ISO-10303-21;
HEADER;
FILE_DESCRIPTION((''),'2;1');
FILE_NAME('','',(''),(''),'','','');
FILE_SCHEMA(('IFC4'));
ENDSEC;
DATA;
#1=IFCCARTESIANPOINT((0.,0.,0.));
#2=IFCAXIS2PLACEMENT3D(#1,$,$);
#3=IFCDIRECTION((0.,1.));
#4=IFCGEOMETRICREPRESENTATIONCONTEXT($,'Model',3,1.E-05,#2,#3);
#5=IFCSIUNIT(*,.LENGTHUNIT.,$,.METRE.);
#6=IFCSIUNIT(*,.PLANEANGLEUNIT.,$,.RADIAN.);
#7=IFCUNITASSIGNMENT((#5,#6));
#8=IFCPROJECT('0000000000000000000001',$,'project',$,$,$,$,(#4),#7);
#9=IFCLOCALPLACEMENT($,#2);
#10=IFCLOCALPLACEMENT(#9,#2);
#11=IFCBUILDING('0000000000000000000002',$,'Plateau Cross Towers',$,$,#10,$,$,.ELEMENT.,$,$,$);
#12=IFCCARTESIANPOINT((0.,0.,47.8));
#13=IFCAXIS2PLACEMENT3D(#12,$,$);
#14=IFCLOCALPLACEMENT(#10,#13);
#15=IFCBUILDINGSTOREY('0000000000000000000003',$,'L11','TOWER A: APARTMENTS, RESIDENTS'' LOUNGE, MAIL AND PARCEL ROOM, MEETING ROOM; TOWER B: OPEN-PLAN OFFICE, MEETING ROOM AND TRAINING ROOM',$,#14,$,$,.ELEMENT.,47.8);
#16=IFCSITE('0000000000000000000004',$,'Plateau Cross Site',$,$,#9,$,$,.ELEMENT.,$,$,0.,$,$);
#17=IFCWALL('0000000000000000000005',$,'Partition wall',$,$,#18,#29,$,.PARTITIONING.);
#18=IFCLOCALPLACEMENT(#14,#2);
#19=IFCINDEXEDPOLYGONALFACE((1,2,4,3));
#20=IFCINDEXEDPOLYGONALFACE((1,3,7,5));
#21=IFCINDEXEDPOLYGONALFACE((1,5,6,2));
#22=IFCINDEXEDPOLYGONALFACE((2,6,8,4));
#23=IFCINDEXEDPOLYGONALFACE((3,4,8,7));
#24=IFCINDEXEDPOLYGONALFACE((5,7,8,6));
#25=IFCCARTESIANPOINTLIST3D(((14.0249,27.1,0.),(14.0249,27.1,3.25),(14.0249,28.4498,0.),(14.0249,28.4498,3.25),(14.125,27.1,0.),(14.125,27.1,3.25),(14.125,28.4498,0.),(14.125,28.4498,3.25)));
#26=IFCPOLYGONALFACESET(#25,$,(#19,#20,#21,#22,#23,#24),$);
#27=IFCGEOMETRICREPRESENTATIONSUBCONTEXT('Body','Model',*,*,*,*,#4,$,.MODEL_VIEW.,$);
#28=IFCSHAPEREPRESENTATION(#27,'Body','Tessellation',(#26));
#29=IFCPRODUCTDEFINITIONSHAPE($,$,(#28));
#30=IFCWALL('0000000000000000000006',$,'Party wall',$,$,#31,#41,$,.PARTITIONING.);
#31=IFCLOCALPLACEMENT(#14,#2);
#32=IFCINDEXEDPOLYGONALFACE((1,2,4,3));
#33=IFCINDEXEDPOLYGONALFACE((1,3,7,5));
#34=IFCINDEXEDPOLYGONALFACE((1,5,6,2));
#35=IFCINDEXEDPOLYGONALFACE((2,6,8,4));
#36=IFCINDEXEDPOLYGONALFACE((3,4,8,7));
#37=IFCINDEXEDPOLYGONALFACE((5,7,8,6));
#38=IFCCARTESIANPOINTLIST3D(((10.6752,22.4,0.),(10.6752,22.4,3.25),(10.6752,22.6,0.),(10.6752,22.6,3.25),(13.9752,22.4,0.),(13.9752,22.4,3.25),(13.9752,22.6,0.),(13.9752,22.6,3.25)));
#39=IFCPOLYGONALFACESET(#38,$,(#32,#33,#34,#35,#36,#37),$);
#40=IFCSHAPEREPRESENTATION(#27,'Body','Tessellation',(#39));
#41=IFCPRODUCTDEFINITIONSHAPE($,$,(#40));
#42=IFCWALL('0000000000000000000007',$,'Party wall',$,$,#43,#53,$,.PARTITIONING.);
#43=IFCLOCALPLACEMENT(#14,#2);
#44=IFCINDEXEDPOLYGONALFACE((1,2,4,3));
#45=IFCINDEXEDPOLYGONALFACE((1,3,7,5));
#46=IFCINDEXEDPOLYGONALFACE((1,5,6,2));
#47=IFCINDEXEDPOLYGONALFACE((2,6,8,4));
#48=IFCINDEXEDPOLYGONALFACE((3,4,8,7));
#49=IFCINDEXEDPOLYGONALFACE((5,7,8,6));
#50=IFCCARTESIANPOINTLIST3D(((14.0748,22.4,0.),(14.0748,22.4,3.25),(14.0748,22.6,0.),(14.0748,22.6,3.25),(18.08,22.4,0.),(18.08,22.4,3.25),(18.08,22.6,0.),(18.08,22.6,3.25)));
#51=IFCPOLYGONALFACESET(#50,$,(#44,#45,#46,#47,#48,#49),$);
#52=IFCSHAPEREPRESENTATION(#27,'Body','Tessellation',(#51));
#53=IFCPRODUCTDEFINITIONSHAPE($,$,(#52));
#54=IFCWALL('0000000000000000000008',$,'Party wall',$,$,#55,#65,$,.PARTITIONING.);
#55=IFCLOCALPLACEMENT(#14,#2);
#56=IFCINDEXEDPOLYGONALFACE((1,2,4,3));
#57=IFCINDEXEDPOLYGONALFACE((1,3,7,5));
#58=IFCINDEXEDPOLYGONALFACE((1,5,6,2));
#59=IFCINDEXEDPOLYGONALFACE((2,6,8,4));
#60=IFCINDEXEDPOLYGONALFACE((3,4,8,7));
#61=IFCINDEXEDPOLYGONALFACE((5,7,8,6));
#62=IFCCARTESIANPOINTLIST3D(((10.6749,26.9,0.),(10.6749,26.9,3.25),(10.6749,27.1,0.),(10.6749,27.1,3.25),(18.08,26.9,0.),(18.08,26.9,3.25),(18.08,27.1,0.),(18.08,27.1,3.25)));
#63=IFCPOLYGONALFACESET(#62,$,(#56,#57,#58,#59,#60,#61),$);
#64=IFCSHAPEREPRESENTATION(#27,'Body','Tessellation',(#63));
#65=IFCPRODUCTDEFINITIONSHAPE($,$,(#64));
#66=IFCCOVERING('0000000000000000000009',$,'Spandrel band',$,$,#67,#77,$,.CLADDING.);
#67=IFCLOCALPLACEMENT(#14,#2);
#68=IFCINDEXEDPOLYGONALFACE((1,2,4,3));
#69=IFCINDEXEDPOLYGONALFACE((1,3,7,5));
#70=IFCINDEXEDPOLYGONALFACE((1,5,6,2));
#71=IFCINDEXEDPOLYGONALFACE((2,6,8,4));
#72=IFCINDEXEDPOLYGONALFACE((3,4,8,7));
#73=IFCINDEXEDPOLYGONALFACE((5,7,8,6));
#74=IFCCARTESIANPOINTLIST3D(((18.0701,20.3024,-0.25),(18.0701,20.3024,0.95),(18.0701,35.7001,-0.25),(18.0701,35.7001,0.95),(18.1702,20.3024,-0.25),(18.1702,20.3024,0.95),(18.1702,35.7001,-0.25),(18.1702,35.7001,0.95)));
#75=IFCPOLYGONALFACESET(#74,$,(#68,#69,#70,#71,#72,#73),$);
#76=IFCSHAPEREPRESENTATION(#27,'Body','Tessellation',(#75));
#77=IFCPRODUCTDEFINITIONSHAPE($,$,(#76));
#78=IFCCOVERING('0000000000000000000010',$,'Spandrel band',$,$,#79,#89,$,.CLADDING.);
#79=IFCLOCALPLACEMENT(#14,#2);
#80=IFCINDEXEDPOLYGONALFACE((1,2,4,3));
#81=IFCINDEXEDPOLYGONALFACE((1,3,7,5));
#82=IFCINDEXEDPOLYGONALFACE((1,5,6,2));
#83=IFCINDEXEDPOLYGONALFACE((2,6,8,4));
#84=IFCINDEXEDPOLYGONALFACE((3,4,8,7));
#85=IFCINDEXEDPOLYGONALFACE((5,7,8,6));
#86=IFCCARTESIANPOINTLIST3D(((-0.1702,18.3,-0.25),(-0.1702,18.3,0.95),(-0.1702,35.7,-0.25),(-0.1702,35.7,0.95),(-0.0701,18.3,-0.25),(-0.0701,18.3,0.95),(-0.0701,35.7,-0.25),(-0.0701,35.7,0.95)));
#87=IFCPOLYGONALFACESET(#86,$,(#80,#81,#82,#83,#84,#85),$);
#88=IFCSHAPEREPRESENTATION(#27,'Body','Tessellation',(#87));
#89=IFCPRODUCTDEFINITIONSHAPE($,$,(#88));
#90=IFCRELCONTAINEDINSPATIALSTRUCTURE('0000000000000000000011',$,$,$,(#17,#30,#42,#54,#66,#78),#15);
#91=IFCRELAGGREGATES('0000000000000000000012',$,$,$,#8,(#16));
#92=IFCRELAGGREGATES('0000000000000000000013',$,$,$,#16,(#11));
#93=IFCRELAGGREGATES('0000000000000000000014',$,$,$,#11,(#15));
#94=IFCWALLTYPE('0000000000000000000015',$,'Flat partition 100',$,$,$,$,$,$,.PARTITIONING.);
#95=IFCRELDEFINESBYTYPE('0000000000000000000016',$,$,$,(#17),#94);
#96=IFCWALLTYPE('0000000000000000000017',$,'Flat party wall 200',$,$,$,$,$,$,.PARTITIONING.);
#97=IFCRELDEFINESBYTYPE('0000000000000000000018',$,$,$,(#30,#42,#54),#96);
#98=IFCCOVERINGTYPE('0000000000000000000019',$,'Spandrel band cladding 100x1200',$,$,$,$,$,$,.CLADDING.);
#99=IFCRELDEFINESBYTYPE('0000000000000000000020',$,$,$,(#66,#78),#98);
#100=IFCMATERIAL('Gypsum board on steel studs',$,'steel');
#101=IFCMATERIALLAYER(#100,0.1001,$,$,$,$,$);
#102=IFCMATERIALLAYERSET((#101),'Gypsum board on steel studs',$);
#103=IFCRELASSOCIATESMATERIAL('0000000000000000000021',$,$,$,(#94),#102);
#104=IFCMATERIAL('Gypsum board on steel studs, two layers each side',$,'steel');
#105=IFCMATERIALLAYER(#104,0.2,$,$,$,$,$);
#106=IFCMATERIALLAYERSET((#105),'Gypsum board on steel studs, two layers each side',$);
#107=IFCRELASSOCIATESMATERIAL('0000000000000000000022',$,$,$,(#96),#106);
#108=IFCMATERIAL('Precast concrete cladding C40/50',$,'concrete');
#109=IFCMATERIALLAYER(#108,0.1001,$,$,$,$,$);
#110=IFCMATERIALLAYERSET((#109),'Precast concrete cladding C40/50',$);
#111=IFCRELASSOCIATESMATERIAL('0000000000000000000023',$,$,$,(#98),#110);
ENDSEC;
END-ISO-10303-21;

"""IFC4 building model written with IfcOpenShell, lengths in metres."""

from ifc_helpers import new_model, si_unit, direction, frame, frame_2d, origin, origin_2d, place, context, subcontext, project, spatial, rectangle, extrude, material, layer, layer_set, type_object, element, save


model = new_model("IFC4")

# Units and contexts
model_context = context("Model", 3, precision=1e-05, world=origin(), true_north=direction((0.0, 1.0)))
body_context = subcontext(model_context, "Body", "Model", "MODEL_VIEW")
ifc_project = project(units=[si_unit("LENGTHUNIT", "METRE"), si_unit("PLANEANGLEUNIT", "RADIAN")], contexts=[model_context])

# Site, building, storey
site_placement = place(None, origin())
site = spatial("IfcSite", under=ifc_project, at=site_placement, Name="Plateau Cross Site", CompositionType="ELEMENT", RefElevation=0.0)
building_placement = place(site_placement, origin())
building = spatial("IfcBuilding", under=site, at=building_placement, Name="Plateau Cross Towers", CompositionType="ELEMENT")
storey_placement = place(building_placement, frame((0.0, 0.0, 47.8)))
storey = spatial("IfcBuildingStorey", under=building, at=storey_placement, Name="L11", Description="TOWER A: APARTMENTS, RESIDENTS' LOUNGE, MAIL AND PARCEL ROOM, MEETING ROOM; TOWER B: OPEN-PLAN OFFICE, MEETING ROOM AND TRAINING ROOM", CompositionType="ELEMENT", Elevation=47.8)

# Shared definitions
ifc_material_1 = material(Name="Gypsum board on steel studs", Category="steel")
ifc_layer_1 = layer(ifc_material_1, 0.1001)
ifc_layer_set_1 = layer_set([ifc_layer_1], Name="Gypsum board on steel studs")
wall_type_1 = type_object("IfcWallType", Name="Flat partition 100", PredefinedType="PARTITIONING", material=ifc_layer_set_1)

# Walls
for number, where, z_axis, x_axis, name in (
    (1, (14.075, 27.1001, 0.0), (0.0, 0.0, 1.0), (0.0, 1.0, 0.0), "Partition wall"),
):
    element("IfcWall", number, at=place(storey_placement, frame(where, z_axis=z_axis, x_axis=x_axis)), inside=storey, type_object=wall_type_1, Name=name, PredefinedType="PARTITIONING", context=body_context, shape_type="SweptSolid", body=[
        extrude(rectangle(XDim=1.3499, YDim=0.1001, at=frame_2d((0.6748, 0.0))), origin(), (0.0, 0.0, 1.0), 3.25),
    ])
ifc_material_2 = material(Name="Gypsum board on steel studs, two layers each side", Category="steel")
ifc_layer_2 = layer(ifc_material_2, 0.2)
ifc_layer_set_2 = layer_set([ifc_layer_2], Name="Gypsum board on steel studs, two layers each side")
wall_type_2 = type_object("IfcWallType", Name="Flat party wall 200", PredefinedType="PARTITIONING", material=ifc_layer_set_2)
wall_1_placement = place(storey_placement, frame((13.9751, 22.5, 0.0), z_axis=(0.0, 0.0, 1.0), x_axis=(-1.0, 0.0, 0.0)))
element("IfcWall", 2, at=wall_1_placement, inside=storey, type_object=wall_type_2, Name="Party wall", PredefinedType="PARTITIONING", context=body_context, shape_type="SweptSolid", body=[
    extrude(rectangle(XDim=3.3, YDim=0.2, at=frame_2d((1.6499, 0.0))), origin(), (0.0, 0.0, 1.0), 3.25),
])
wall_2_placement = place(storey_placement, frame((14.075, 22.5, 0.0), z_axis=(0.0, 0.0, 1.0), x_axis=(1.0, 0.0, 0.0)))
element("IfcWall", 3, at=wall_2_placement, inside=storey, type_object=wall_type_2, Name="Party wall", PredefinedType="PARTITIONING", context=body_context, shape_type="SweptSolid", body=[
    extrude(rectangle(XDim=4.0051, YDim=0.2, at=frame_2d((2.0024, 0.0))), origin(), (0.0, 0.0, 1.0), 3.25),
])
wall_3_placement = place(storey_placement, frame((18.0801, 27.0, 0.0), z_axis=(0.0, 0.0, 1.0), x_axis=(-1.0, 0.0, 0.0)))
element("IfcWall", 4, at=wall_3_placement, inside=storey, type_object=wall_type_2, Name="Party wall", PredefinedType="PARTITIONING", context=body_context, shape_type="SweptSolid", body=[
    extrude(rectangle(XDim=7.405, YDim=0.2, at=frame_2d((3.7026, 0.0))), origin(), (0.0, 0.0, 1.0), 3.25),
])

# Coverings
ifc_material_3 = material(Name="Precast concrete cladding C40/50", Category="concrete")
ifc_layer_3 = layer(ifc_material_3, 0.1001)
ifc_layer_set_3 = layer_set([ifc_layer_3], Name="Precast concrete cladding C40/50")
covering_type = type_object("IfcCoveringType", Name="Spandrel band cladding 100x1200", PredefinedType="CLADDING", material=ifc_layer_set_3)
covering_1_placement = place(storey_placement, frame((18.1201, 28.0012, -0.25), z_axis=(0.0, 0.0, 1.0), x_axis=(0.0, 1.0, 0.0)))
element("IfcCovering", 5, at=covering_1_placement, inside=storey, type_object=covering_type, Name="Spandrel band", PredefinedType="CLADDING", context=body_context, shape_type="SweptSolid", body=[
    extrude(rectangle(XDim=15.3977, YDim=0.1001, at=origin_2d()), origin(), (0.0, 0.0, 1.0), 1.2),
])
covering_2_placement = place(storey_placement, frame((-0.1201, 27.0, -0.25), z_axis=(0.0, 0.0, 1.0), x_axis=(0.0, -1.0, 0.0)))
element("IfcCovering", 6, at=covering_2_placement, inside=storey, type_object=covering_type, Name="Spandrel band", PredefinedType="CLADDING", context=body_context, shape_type="SweptSolid", body=[
    extrude(rectangle(XDim=17.3999, YDim=0.1001, at=origin_2d()), origin(), (0.0, 0.0, 1.0), 1.2),
])

save(model, "model.ifc")
